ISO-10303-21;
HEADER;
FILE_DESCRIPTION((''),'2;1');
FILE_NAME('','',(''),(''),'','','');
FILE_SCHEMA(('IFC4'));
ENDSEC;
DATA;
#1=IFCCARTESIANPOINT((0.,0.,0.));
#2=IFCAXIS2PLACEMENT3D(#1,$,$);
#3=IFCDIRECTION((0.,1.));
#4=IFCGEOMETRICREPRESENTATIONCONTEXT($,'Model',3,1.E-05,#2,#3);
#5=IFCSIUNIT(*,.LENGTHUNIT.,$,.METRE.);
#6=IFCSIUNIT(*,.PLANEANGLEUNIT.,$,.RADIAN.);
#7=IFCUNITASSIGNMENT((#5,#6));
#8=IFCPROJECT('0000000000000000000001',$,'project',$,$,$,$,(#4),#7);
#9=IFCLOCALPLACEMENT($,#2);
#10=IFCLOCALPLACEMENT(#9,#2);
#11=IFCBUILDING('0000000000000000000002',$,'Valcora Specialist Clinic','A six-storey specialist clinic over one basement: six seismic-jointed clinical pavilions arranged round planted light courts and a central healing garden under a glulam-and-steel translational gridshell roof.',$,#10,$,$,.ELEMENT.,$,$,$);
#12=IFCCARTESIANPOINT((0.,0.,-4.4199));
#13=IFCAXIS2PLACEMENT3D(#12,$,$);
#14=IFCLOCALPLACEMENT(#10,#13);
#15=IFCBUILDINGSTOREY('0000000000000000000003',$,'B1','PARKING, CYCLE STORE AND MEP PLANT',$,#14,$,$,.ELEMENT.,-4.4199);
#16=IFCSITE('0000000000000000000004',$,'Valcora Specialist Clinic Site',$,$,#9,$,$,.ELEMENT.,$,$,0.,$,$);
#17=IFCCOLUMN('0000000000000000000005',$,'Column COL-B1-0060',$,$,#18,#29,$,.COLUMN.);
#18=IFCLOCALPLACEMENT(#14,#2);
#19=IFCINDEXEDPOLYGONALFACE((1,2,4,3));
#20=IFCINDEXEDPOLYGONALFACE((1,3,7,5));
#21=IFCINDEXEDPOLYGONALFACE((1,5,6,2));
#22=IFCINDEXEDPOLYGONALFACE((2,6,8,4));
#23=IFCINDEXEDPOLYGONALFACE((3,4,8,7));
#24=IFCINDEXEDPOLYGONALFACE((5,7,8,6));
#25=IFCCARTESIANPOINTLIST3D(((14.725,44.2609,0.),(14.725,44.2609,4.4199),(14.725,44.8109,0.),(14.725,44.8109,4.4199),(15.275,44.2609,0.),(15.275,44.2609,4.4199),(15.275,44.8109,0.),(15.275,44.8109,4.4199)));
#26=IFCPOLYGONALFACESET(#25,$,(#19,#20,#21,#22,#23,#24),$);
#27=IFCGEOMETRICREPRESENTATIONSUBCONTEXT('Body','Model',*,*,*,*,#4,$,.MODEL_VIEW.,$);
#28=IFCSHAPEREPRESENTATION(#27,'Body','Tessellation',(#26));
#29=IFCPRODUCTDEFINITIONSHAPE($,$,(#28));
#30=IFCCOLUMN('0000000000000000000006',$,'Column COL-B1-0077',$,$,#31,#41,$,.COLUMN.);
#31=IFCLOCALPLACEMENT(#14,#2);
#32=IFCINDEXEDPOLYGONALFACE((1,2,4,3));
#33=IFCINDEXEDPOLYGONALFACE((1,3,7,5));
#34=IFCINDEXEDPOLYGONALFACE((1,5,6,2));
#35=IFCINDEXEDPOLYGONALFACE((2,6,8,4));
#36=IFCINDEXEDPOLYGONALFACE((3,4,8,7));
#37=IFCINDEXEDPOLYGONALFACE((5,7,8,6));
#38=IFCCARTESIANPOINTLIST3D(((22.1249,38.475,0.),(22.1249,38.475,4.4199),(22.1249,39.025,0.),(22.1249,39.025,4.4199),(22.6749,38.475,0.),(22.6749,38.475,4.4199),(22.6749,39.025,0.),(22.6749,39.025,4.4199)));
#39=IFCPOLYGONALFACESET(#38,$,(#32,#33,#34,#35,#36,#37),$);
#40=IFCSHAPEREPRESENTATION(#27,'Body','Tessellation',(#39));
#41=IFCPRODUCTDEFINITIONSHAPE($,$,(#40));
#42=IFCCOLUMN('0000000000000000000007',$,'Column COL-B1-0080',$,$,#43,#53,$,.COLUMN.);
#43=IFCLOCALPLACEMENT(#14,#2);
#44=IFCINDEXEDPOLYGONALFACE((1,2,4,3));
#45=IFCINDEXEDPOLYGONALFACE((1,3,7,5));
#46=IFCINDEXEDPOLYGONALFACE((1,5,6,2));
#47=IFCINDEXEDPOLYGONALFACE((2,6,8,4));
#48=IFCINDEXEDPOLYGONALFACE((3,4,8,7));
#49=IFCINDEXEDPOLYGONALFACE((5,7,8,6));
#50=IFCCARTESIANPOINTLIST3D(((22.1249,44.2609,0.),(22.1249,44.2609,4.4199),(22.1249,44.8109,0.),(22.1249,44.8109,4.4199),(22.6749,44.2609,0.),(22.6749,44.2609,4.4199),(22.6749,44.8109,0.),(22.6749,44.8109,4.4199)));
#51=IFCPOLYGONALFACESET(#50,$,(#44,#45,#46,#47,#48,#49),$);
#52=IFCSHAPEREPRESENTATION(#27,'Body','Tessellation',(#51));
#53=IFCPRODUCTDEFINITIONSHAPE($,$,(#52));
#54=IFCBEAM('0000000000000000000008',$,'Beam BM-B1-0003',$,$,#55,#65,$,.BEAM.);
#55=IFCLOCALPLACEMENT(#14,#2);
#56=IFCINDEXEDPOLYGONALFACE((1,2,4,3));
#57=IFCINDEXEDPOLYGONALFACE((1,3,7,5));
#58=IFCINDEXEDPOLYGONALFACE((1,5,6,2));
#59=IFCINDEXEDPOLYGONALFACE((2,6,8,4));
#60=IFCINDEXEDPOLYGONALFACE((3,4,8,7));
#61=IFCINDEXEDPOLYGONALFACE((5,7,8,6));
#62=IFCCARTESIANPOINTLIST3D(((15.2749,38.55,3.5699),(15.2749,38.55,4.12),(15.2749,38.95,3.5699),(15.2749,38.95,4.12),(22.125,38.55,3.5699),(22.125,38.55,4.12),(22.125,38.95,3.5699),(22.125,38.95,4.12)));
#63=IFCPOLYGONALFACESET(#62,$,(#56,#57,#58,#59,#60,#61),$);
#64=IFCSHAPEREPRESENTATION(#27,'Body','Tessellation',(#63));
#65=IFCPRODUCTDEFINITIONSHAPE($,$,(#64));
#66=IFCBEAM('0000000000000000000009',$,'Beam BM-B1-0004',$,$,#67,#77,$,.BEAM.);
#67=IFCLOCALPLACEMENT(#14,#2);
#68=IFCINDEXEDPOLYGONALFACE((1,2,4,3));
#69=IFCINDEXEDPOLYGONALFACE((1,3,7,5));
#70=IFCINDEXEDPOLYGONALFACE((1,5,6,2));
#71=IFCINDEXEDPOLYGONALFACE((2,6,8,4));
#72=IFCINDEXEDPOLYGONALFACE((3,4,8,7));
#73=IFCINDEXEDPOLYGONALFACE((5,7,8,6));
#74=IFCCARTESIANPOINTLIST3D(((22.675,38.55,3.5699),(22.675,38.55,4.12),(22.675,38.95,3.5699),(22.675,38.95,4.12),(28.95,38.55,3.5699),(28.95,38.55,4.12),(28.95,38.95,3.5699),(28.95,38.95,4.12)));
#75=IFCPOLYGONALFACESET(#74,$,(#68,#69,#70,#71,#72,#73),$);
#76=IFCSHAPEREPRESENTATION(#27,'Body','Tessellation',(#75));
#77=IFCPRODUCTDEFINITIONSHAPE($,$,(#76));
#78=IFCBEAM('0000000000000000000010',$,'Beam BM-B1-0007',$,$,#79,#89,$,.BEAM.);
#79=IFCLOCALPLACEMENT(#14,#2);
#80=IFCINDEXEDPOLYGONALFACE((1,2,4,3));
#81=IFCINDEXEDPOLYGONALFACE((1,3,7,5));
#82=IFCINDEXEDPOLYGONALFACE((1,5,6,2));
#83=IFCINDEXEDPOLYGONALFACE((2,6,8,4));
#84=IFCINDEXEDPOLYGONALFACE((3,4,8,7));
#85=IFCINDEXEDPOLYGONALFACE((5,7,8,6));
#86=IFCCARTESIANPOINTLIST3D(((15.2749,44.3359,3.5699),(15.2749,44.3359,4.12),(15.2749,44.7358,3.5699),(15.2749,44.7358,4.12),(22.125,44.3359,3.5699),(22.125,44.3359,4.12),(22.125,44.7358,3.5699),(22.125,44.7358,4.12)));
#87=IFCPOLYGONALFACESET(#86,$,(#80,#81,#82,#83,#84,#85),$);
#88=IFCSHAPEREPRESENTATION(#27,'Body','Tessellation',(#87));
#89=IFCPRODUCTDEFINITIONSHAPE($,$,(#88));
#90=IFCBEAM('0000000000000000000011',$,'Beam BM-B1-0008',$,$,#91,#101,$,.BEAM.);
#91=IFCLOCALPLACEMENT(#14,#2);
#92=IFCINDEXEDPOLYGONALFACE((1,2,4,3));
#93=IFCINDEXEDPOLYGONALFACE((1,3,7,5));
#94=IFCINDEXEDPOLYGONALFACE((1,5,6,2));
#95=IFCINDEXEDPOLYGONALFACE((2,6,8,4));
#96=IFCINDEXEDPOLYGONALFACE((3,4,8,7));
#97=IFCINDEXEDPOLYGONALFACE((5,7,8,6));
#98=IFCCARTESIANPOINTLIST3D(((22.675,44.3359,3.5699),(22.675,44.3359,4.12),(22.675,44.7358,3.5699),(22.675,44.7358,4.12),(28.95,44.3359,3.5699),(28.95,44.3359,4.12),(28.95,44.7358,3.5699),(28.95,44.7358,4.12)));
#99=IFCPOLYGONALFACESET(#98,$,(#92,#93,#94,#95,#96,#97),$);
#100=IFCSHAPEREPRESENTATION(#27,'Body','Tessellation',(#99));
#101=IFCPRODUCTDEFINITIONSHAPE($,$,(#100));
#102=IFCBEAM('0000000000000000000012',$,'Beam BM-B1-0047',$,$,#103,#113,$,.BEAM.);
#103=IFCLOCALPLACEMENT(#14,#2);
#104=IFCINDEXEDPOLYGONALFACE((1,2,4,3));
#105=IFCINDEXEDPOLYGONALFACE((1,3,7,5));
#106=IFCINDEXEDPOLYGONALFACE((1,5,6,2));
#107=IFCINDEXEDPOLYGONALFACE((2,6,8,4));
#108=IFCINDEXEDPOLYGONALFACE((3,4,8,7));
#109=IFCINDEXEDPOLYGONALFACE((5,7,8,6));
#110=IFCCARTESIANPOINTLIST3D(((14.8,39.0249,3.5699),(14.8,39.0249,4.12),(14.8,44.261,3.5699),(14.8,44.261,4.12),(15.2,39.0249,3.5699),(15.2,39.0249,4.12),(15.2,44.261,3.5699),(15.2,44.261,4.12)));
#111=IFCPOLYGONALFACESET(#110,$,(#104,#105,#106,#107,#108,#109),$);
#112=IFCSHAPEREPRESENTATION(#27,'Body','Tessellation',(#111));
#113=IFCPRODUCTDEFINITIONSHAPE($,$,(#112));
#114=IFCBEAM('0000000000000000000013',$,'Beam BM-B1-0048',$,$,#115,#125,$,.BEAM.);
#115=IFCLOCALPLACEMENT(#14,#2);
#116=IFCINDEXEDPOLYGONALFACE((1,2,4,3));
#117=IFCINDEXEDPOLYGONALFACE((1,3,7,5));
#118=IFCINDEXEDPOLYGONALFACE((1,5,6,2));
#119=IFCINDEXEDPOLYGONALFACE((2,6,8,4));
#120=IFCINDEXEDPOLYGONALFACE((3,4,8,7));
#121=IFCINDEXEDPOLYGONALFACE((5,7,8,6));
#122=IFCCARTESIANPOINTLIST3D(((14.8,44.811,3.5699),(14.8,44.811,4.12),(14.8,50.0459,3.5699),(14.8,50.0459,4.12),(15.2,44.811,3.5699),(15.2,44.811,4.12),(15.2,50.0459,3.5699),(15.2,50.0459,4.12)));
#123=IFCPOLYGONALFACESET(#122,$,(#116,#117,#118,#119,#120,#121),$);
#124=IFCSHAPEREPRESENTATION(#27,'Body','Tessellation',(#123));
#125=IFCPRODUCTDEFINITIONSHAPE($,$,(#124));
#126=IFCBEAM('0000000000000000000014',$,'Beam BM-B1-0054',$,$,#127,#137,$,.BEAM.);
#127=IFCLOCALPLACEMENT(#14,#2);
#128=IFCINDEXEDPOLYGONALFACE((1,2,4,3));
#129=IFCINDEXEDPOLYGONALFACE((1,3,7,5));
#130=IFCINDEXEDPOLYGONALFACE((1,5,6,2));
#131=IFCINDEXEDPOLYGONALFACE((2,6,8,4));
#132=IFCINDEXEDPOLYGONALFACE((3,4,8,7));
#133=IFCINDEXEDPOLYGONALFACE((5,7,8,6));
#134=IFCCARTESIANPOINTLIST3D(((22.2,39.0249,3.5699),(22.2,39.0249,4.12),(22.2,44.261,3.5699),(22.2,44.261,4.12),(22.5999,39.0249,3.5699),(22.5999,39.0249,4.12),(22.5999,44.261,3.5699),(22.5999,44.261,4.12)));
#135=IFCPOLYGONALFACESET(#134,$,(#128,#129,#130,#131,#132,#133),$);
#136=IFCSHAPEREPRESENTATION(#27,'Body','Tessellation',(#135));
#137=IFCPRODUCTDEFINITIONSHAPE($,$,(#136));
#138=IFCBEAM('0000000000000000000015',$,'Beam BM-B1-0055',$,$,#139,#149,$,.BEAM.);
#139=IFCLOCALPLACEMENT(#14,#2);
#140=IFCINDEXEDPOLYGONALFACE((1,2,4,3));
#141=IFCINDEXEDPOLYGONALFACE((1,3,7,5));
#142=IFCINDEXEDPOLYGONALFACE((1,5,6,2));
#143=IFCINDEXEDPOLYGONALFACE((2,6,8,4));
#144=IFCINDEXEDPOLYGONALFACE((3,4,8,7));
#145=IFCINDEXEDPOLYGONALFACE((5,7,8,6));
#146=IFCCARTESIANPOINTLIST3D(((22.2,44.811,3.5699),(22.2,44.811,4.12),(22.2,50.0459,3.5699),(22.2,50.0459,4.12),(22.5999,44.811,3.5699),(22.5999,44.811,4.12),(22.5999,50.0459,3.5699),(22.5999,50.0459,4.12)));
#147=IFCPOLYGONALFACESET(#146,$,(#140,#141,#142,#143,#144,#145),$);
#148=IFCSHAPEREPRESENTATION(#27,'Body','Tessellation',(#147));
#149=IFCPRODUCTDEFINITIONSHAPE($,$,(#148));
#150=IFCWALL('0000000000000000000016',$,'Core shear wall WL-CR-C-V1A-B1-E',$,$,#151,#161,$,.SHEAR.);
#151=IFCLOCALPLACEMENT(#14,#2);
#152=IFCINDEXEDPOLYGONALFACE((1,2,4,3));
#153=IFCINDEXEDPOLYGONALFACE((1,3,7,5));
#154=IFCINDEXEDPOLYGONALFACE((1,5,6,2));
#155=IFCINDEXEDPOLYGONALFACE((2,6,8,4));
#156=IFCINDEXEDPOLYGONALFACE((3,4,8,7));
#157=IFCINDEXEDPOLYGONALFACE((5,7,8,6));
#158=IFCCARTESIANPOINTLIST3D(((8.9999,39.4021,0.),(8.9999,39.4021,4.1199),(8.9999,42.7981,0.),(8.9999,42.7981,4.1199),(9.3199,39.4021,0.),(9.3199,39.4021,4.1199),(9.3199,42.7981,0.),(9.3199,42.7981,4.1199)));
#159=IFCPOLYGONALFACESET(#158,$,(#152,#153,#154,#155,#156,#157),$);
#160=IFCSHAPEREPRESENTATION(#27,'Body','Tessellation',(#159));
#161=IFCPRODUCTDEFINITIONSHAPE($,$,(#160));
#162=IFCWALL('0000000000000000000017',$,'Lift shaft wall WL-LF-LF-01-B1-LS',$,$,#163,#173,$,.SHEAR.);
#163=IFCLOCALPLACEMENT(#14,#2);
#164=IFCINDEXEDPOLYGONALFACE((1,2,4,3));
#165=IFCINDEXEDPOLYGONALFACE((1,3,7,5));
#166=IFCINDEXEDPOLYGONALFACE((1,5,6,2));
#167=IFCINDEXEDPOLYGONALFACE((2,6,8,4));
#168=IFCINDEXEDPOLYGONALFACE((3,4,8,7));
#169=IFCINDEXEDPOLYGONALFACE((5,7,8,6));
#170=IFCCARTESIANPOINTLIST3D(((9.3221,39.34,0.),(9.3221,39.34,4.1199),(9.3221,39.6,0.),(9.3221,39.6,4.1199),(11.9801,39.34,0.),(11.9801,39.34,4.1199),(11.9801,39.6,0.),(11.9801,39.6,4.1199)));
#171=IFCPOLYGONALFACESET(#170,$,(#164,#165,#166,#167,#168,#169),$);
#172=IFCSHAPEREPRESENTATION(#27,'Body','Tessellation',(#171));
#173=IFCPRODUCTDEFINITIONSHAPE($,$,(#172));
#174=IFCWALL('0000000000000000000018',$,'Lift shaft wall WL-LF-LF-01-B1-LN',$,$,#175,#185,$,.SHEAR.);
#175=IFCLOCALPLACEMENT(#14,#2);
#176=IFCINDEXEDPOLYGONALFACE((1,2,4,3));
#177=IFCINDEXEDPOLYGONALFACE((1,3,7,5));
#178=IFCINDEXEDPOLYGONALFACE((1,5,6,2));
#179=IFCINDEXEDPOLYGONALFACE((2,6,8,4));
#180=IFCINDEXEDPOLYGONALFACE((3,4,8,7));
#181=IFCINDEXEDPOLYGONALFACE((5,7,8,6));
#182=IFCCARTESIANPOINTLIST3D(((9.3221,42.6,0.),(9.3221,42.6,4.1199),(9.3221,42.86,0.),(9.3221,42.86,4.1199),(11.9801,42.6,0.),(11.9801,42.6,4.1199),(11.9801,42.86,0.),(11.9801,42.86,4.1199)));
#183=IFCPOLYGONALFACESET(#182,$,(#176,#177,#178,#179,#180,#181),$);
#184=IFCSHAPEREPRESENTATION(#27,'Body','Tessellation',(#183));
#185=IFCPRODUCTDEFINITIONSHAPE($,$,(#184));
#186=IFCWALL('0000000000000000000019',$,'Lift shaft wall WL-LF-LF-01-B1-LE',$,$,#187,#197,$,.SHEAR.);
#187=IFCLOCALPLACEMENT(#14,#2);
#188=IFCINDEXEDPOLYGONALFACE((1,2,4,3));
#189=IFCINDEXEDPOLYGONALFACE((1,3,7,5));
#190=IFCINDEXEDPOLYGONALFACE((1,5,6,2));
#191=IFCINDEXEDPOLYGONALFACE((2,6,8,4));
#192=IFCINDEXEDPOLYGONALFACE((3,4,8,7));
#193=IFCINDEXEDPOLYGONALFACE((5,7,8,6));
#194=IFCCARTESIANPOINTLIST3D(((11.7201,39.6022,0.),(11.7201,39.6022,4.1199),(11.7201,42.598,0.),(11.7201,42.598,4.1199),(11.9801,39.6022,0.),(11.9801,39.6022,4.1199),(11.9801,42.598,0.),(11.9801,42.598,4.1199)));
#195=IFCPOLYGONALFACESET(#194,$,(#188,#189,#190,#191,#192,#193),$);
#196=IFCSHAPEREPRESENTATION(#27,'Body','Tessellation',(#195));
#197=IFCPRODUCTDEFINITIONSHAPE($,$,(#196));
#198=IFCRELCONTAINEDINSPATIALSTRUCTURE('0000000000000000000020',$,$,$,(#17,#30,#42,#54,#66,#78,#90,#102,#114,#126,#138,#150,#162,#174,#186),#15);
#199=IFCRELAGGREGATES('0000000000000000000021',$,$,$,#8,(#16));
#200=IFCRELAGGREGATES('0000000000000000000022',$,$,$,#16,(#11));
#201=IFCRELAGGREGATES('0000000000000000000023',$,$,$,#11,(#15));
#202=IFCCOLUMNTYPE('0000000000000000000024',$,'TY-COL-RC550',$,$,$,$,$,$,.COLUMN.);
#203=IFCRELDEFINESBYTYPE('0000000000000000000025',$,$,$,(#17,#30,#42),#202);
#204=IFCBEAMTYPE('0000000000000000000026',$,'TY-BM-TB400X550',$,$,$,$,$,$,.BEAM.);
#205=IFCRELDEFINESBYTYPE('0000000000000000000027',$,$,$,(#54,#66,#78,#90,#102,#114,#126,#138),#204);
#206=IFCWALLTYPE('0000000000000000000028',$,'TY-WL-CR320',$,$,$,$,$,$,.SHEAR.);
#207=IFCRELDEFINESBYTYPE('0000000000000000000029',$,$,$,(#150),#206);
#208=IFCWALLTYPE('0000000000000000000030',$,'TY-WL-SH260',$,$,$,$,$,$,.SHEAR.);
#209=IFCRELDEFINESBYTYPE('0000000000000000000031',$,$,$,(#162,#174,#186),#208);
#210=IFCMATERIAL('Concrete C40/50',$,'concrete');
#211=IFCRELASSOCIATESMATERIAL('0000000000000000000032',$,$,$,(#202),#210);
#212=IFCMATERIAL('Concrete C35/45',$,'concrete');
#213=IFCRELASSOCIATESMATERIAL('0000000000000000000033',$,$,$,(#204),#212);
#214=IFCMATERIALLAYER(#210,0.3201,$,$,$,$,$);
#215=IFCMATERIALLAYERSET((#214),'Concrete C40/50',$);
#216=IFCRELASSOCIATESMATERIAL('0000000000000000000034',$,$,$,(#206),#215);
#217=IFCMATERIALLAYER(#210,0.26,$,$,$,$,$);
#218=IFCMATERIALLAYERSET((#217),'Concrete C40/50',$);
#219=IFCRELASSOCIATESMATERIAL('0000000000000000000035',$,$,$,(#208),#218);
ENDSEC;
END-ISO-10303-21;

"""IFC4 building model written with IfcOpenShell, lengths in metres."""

from ifc_helpers import new_model, si_unit, direction, frame, frame_2d, origin, origin_2d, place, context, subcontext, project, spatial, rectangle, extrude, material, layer, layer_set, material_profile, profile_set, type_object, element, save


model = new_model("IFC4")

# Units and contexts
model_context = context("Model", 3, precision=1e-05, world=origin(), true_north=direction((0.0, 1.0)))
body_context = subcontext(model_context, "Body", "Model", "MODEL_VIEW")
ifc_project = project(units=[si_unit("LENGTHUNIT", "METRE"), si_unit("PLANEANGLEUNIT", "RADIAN")], contexts=[model_context])

# Site, building, storey
site_placement = place(None, origin())
site = spatial("IfcSite", under=ifc_project, at=site_placement, Name="Valcora Specialist Clinic Site", CompositionType="ELEMENT", RefElevation=0.0)
building_placement = place(site_placement, origin())
building = spatial("IfcBuilding", under=site, at=building_placement, Name="Valcora Specialist Clinic", Description="A six-storey specialist clinic over one basement: six seismic-jointed clinical pavilions arranged round planted light courts and a central healing garden under a glulam-and-steel translational gridshell roof.", CompositionType="ELEMENT")
storey_placement = place(building_placement, frame((0.0, 0.0, -4.4199)))
storey = spatial("IfcBuildingStorey", under=building, at=storey_placement, Name="B1", Description="PARKING, CYCLE STORE AND MEP PLANT", CompositionType="ELEMENT", Elevation=-4.4199)

# Shared definitions
ifc_material_1 = material(Name="Concrete C35/45", Category="concrete")

# Columns
ifc_material_2 = material(Name="Concrete C40/50", Category="concrete")
ifc_material_profile_1 = material_profile(ifc_material_2, rectangle(XDim=0.55, YDim=0.55, at=origin_2d()), Name="RC-COL-550X550")
ifc_profile_set_1 = profile_set([ifc_material_profile_1], Name="Concrete C40/50")
column_type_1 = type_object("IfcColumnType", Name="TY-COL-RC550", PredefinedType="COLUMN", material=ifc_profile_set_1)
for number, where, z_axis, x_axis, name in (
    (1, (15.0, 44.5359, 0.0), (0.0, 0.0, 1.0), (1.0, 0.0, 0.0), "Column COL-B1-0060"),
    (2, (22.3999, 38.75, 0.0), (0.0, 0.0, 1.0), (1.0, 0.0, 0.0), "Column COL-B1-0077"),
    (3, (22.3999, 44.5359, 0.0), (0.0, 0.0, 1.0), (1.0, 0.0, 0.0), "Column COL-B1-0080"),
):
    element("IfcColumn", number, at=place(storey_placement, frame(where, z_axis=z_axis, x_axis=x_axis)), inside=storey, type_object=column_type_1, Name=name, PredefinedType="COLUMN", context=body_context, shape_type="SweptSolid", body=[
        extrude(rectangle(XDim=0.55, YDim=0.55, at=origin_2d()), origin(), (0.0, 0.0, 1.0), 4.4199),
    ])

# Beams
ifc_material_profile_2 = material_profile(ifc_material_1, rectangle(XDim=0.3999, YDim=0.55, at=origin_2d()), Name="RC-TB-400X550")
ifc_profile_set_2 = profile_set([ifc_material_profile_2], Name="Concrete C35/45")
beam_type = type_object("IfcBeamType", Name="TY-BM-TB400X550", PredefinedType="BEAM", material=ifc_profile_set_2)
beam_1_placement = place(storey_placement, frame((15.2749, 38.75, 3.845), z_axis=(1.0, 0.0, 0.0), x_axis=(0.0, 1.0, 0.0)))
element("IfcBeam", 4, at=beam_1_placement, inside=storey, type_object=beam_type, Name="Beam BM-B1-0003", PredefinedType="BEAM", context=body_context, shape_type="SweptSolid", body=[
    extrude(rectangle(XDim=0.3999, YDim=0.55, at=origin_2d()), origin(), (0.0, 0.0, 1.0), 6.8501),
])
beam_2_placement = place(storey_placement, frame((22.675, 38.75, 3.845), z_axis=(1.0, 0.0, 0.0), x_axis=(0.0, 1.0, 0.0)))
element("IfcBeam", 5, at=beam_2_placement, inside=storey, type_object=beam_type, Name="Beam BM-B1-0004", PredefinedType="BEAM", context=body_context, shape_type="SweptSolid", body=[
    extrude(rectangle(XDim=0.3999, YDim=0.55, at=origin_2d()), origin(), (0.0, 0.0, 1.0), 6.2749),
])
beam_3_placement = place(storey_placement, frame((15.2749, 44.5359, 3.845), z_axis=(1.0, 0.0, 0.0), x_axis=(0.0, 1.0, 0.0)))
element("IfcBeam", 6, at=beam_3_placement, inside=storey, type_object=beam_type, Name="Beam BM-B1-0007", PredefinedType="BEAM", context=body_context, shape_type="SweptSolid", body=[
    extrude(rectangle(XDim=0.3999, YDim=0.55, at=origin_2d()), origin(), (0.0, 0.0, 1.0), 6.8501),
])
beam_4_placement = place(storey_placement, frame((22.675, 44.5359, 3.845), z_axis=(1.0, 0.0, 0.0), x_axis=(0.0, 1.0, 0.0)))
element("IfcBeam", 7, at=beam_4_placement, inside=storey, type_object=beam_type, Name="Beam BM-B1-0008", PredefinedType="BEAM", context=body_context, shape_type="SweptSolid", body=[
    extrude(rectangle(XDim=0.3999, YDim=0.55, at=origin_2d()), origin(), (0.0, 0.0, 1.0), 6.2749),
])
beam_5_placement = place(storey_placement, frame((15.0, 39.0249, 3.845), z_axis=(0.0, 1.0, 0.0), x_axis=(-1.0, 0.0, 0.0)))
element("IfcBeam", 8, at=beam_5_placement, inside=storey, type_object=beam_type, Name="Beam BM-B1-0047", PredefinedType="BEAM", context=body_context, shape_type="SweptSolid", body=[
    extrude(rectangle(XDim=0.3999, YDim=0.55, at=origin_2d()), origin(), (0.0, 0.0, 1.0), 5.2361),
])
beam_6_placement = place(storey_placement, frame((15.0, 44.811, 3.845), z_axis=(0.0, 1.0, 0.0), x_axis=(-1.0, 0.0, 0.0)))
element("IfcBeam", 9, at=beam_6_placement, inside=storey, type_object=beam_type, Name="Beam BM-B1-0048", PredefinedType="BEAM", context=body_context, shape_type="SweptSolid", body=[
    extrude(rectangle(XDim=0.3999, YDim=0.55, at=origin_2d()), origin(), (0.0, 0.0, 1.0), 5.2349),
])
beam_7_placement = place(storey_placement, frame((22.3999, 39.0249, 3.845), z_axis=(0.0, 1.0, 0.0), x_axis=(-1.0, 0.0, 0.0)))
element("IfcBeam", 10, at=beam_7_placement, inside=storey, type_object=beam_type, Name="Beam BM-B1-0054", PredefinedType="BEAM", context=body_context, shape_type="SweptSolid", body=[
    extrude(rectangle(XDim=0.3999, YDim=0.55, at=origin_2d()), origin(), (0.0, 0.0, 1.0), 5.2361),
])
beam_8_placement = place(storey_placement, frame((22.3999, 44.811, 3.845), z_axis=(0.0, 1.0, 0.0), x_axis=(-1.0, 0.0, 0.0)))
element("IfcBeam", 11, at=beam_8_placement, inside=storey, type_object=beam_type, Name="Beam BM-B1-0055", PredefinedType="BEAM", context=body_context, shape_type="SweptSolid", body=[
    extrude(rectangle(XDim=0.3999, YDim=0.55, at=origin_2d()), origin(), (0.0, 0.0, 1.0), 5.2349),
])

# Walls
ifc_layer_1 = layer(ifc_material_2, 0.3201)
ifc_layer_set_1 = layer_set([ifc_layer_1], Name="Concrete C40/50")
wall_type_1 = type_object("IfcWallType", Name="TY-WL-CR320", PredefinedType="SHEAR", material=ifc_layer_set_1)
wall_1_placement = place(storey_placement, frame((9.1599, 39.4021, 0.0), z_axis=(0.0, 0.0, 1.0), x_axis=(0.0, 1.0, 0.0)))
element("IfcWall", 12, at=wall_1_placement, inside=storey, type_object=wall_type_1, Name="Core shear wall WL-CR-C-V1A-B1-E", PredefinedType="SHEAR", context=body_context, shape_type="SweptSolid", body=[
    extrude(rectangle(XDim=3.396, YDim=0.3201, at=frame_2d((1.698, 0.0))), origin(), (0.0, 0.0, 1.0), 4.1199),
])
ifc_layer_2 = layer(ifc_material_2, 0.26)
ifc_layer_set_2 = layer_set([ifc_layer_2], Name="Concrete C40/50")
wall_type_2 = type_object("IfcWallType", Name="TY-WL-SH260", PredefinedType="SHEAR", material=ifc_layer_set_2)
for number, where, z_axis, x_axis, name in (
    (13, (9.322, 39.47, 0.0), (0.0, 0.0, 1.0), (1.0, 0.0, 0.0), "Lift shaft wall WL-LF-LF-01-B1-LS"),
    (14, (9.322, 42.73, 0.0), (0.0, 0.0, 1.0), (1.0, 0.0, 0.0), "Lift shaft wall WL-LF-LF-01-B1-LN"),
):
    element("IfcWall", number, at=place(storey_placement, frame(where, z_axis=z_axis, x_axis=x_axis)), inside=storey, type_object=wall_type_2, Name=name, PredefinedType="SHEAR", context=body_context, shape_type="SweptSolid", body=[
        extrude(rectangle(XDim=2.658, YDim=0.26, at=frame_2d((1.3291, 0.0))), origin(), (0.0, 0.0, 1.0), 4.1199),
    ])
wall_2_placement = place(storey_placement, frame((11.8501, 39.6021, 0.0), z_axis=(0.0, 0.0, 1.0), x_axis=(0.0, 1.0, 0.0)))
element("IfcWall", 15, at=wall_2_placement, inside=storey, type_object=wall_type_2, Name="Lift shaft wall WL-LF-LF-01-B1-LE", PredefinedType="SHEAR", context=body_context, shape_type="SweptSolid", body=[
    extrude(rectangle(XDim=2.9958, YDim=0.26, at=frame_2d((1.498, 0.0))), origin(), (0.0, 0.0, 1.0), 4.1199),
])

save(model, "model.ifc")
